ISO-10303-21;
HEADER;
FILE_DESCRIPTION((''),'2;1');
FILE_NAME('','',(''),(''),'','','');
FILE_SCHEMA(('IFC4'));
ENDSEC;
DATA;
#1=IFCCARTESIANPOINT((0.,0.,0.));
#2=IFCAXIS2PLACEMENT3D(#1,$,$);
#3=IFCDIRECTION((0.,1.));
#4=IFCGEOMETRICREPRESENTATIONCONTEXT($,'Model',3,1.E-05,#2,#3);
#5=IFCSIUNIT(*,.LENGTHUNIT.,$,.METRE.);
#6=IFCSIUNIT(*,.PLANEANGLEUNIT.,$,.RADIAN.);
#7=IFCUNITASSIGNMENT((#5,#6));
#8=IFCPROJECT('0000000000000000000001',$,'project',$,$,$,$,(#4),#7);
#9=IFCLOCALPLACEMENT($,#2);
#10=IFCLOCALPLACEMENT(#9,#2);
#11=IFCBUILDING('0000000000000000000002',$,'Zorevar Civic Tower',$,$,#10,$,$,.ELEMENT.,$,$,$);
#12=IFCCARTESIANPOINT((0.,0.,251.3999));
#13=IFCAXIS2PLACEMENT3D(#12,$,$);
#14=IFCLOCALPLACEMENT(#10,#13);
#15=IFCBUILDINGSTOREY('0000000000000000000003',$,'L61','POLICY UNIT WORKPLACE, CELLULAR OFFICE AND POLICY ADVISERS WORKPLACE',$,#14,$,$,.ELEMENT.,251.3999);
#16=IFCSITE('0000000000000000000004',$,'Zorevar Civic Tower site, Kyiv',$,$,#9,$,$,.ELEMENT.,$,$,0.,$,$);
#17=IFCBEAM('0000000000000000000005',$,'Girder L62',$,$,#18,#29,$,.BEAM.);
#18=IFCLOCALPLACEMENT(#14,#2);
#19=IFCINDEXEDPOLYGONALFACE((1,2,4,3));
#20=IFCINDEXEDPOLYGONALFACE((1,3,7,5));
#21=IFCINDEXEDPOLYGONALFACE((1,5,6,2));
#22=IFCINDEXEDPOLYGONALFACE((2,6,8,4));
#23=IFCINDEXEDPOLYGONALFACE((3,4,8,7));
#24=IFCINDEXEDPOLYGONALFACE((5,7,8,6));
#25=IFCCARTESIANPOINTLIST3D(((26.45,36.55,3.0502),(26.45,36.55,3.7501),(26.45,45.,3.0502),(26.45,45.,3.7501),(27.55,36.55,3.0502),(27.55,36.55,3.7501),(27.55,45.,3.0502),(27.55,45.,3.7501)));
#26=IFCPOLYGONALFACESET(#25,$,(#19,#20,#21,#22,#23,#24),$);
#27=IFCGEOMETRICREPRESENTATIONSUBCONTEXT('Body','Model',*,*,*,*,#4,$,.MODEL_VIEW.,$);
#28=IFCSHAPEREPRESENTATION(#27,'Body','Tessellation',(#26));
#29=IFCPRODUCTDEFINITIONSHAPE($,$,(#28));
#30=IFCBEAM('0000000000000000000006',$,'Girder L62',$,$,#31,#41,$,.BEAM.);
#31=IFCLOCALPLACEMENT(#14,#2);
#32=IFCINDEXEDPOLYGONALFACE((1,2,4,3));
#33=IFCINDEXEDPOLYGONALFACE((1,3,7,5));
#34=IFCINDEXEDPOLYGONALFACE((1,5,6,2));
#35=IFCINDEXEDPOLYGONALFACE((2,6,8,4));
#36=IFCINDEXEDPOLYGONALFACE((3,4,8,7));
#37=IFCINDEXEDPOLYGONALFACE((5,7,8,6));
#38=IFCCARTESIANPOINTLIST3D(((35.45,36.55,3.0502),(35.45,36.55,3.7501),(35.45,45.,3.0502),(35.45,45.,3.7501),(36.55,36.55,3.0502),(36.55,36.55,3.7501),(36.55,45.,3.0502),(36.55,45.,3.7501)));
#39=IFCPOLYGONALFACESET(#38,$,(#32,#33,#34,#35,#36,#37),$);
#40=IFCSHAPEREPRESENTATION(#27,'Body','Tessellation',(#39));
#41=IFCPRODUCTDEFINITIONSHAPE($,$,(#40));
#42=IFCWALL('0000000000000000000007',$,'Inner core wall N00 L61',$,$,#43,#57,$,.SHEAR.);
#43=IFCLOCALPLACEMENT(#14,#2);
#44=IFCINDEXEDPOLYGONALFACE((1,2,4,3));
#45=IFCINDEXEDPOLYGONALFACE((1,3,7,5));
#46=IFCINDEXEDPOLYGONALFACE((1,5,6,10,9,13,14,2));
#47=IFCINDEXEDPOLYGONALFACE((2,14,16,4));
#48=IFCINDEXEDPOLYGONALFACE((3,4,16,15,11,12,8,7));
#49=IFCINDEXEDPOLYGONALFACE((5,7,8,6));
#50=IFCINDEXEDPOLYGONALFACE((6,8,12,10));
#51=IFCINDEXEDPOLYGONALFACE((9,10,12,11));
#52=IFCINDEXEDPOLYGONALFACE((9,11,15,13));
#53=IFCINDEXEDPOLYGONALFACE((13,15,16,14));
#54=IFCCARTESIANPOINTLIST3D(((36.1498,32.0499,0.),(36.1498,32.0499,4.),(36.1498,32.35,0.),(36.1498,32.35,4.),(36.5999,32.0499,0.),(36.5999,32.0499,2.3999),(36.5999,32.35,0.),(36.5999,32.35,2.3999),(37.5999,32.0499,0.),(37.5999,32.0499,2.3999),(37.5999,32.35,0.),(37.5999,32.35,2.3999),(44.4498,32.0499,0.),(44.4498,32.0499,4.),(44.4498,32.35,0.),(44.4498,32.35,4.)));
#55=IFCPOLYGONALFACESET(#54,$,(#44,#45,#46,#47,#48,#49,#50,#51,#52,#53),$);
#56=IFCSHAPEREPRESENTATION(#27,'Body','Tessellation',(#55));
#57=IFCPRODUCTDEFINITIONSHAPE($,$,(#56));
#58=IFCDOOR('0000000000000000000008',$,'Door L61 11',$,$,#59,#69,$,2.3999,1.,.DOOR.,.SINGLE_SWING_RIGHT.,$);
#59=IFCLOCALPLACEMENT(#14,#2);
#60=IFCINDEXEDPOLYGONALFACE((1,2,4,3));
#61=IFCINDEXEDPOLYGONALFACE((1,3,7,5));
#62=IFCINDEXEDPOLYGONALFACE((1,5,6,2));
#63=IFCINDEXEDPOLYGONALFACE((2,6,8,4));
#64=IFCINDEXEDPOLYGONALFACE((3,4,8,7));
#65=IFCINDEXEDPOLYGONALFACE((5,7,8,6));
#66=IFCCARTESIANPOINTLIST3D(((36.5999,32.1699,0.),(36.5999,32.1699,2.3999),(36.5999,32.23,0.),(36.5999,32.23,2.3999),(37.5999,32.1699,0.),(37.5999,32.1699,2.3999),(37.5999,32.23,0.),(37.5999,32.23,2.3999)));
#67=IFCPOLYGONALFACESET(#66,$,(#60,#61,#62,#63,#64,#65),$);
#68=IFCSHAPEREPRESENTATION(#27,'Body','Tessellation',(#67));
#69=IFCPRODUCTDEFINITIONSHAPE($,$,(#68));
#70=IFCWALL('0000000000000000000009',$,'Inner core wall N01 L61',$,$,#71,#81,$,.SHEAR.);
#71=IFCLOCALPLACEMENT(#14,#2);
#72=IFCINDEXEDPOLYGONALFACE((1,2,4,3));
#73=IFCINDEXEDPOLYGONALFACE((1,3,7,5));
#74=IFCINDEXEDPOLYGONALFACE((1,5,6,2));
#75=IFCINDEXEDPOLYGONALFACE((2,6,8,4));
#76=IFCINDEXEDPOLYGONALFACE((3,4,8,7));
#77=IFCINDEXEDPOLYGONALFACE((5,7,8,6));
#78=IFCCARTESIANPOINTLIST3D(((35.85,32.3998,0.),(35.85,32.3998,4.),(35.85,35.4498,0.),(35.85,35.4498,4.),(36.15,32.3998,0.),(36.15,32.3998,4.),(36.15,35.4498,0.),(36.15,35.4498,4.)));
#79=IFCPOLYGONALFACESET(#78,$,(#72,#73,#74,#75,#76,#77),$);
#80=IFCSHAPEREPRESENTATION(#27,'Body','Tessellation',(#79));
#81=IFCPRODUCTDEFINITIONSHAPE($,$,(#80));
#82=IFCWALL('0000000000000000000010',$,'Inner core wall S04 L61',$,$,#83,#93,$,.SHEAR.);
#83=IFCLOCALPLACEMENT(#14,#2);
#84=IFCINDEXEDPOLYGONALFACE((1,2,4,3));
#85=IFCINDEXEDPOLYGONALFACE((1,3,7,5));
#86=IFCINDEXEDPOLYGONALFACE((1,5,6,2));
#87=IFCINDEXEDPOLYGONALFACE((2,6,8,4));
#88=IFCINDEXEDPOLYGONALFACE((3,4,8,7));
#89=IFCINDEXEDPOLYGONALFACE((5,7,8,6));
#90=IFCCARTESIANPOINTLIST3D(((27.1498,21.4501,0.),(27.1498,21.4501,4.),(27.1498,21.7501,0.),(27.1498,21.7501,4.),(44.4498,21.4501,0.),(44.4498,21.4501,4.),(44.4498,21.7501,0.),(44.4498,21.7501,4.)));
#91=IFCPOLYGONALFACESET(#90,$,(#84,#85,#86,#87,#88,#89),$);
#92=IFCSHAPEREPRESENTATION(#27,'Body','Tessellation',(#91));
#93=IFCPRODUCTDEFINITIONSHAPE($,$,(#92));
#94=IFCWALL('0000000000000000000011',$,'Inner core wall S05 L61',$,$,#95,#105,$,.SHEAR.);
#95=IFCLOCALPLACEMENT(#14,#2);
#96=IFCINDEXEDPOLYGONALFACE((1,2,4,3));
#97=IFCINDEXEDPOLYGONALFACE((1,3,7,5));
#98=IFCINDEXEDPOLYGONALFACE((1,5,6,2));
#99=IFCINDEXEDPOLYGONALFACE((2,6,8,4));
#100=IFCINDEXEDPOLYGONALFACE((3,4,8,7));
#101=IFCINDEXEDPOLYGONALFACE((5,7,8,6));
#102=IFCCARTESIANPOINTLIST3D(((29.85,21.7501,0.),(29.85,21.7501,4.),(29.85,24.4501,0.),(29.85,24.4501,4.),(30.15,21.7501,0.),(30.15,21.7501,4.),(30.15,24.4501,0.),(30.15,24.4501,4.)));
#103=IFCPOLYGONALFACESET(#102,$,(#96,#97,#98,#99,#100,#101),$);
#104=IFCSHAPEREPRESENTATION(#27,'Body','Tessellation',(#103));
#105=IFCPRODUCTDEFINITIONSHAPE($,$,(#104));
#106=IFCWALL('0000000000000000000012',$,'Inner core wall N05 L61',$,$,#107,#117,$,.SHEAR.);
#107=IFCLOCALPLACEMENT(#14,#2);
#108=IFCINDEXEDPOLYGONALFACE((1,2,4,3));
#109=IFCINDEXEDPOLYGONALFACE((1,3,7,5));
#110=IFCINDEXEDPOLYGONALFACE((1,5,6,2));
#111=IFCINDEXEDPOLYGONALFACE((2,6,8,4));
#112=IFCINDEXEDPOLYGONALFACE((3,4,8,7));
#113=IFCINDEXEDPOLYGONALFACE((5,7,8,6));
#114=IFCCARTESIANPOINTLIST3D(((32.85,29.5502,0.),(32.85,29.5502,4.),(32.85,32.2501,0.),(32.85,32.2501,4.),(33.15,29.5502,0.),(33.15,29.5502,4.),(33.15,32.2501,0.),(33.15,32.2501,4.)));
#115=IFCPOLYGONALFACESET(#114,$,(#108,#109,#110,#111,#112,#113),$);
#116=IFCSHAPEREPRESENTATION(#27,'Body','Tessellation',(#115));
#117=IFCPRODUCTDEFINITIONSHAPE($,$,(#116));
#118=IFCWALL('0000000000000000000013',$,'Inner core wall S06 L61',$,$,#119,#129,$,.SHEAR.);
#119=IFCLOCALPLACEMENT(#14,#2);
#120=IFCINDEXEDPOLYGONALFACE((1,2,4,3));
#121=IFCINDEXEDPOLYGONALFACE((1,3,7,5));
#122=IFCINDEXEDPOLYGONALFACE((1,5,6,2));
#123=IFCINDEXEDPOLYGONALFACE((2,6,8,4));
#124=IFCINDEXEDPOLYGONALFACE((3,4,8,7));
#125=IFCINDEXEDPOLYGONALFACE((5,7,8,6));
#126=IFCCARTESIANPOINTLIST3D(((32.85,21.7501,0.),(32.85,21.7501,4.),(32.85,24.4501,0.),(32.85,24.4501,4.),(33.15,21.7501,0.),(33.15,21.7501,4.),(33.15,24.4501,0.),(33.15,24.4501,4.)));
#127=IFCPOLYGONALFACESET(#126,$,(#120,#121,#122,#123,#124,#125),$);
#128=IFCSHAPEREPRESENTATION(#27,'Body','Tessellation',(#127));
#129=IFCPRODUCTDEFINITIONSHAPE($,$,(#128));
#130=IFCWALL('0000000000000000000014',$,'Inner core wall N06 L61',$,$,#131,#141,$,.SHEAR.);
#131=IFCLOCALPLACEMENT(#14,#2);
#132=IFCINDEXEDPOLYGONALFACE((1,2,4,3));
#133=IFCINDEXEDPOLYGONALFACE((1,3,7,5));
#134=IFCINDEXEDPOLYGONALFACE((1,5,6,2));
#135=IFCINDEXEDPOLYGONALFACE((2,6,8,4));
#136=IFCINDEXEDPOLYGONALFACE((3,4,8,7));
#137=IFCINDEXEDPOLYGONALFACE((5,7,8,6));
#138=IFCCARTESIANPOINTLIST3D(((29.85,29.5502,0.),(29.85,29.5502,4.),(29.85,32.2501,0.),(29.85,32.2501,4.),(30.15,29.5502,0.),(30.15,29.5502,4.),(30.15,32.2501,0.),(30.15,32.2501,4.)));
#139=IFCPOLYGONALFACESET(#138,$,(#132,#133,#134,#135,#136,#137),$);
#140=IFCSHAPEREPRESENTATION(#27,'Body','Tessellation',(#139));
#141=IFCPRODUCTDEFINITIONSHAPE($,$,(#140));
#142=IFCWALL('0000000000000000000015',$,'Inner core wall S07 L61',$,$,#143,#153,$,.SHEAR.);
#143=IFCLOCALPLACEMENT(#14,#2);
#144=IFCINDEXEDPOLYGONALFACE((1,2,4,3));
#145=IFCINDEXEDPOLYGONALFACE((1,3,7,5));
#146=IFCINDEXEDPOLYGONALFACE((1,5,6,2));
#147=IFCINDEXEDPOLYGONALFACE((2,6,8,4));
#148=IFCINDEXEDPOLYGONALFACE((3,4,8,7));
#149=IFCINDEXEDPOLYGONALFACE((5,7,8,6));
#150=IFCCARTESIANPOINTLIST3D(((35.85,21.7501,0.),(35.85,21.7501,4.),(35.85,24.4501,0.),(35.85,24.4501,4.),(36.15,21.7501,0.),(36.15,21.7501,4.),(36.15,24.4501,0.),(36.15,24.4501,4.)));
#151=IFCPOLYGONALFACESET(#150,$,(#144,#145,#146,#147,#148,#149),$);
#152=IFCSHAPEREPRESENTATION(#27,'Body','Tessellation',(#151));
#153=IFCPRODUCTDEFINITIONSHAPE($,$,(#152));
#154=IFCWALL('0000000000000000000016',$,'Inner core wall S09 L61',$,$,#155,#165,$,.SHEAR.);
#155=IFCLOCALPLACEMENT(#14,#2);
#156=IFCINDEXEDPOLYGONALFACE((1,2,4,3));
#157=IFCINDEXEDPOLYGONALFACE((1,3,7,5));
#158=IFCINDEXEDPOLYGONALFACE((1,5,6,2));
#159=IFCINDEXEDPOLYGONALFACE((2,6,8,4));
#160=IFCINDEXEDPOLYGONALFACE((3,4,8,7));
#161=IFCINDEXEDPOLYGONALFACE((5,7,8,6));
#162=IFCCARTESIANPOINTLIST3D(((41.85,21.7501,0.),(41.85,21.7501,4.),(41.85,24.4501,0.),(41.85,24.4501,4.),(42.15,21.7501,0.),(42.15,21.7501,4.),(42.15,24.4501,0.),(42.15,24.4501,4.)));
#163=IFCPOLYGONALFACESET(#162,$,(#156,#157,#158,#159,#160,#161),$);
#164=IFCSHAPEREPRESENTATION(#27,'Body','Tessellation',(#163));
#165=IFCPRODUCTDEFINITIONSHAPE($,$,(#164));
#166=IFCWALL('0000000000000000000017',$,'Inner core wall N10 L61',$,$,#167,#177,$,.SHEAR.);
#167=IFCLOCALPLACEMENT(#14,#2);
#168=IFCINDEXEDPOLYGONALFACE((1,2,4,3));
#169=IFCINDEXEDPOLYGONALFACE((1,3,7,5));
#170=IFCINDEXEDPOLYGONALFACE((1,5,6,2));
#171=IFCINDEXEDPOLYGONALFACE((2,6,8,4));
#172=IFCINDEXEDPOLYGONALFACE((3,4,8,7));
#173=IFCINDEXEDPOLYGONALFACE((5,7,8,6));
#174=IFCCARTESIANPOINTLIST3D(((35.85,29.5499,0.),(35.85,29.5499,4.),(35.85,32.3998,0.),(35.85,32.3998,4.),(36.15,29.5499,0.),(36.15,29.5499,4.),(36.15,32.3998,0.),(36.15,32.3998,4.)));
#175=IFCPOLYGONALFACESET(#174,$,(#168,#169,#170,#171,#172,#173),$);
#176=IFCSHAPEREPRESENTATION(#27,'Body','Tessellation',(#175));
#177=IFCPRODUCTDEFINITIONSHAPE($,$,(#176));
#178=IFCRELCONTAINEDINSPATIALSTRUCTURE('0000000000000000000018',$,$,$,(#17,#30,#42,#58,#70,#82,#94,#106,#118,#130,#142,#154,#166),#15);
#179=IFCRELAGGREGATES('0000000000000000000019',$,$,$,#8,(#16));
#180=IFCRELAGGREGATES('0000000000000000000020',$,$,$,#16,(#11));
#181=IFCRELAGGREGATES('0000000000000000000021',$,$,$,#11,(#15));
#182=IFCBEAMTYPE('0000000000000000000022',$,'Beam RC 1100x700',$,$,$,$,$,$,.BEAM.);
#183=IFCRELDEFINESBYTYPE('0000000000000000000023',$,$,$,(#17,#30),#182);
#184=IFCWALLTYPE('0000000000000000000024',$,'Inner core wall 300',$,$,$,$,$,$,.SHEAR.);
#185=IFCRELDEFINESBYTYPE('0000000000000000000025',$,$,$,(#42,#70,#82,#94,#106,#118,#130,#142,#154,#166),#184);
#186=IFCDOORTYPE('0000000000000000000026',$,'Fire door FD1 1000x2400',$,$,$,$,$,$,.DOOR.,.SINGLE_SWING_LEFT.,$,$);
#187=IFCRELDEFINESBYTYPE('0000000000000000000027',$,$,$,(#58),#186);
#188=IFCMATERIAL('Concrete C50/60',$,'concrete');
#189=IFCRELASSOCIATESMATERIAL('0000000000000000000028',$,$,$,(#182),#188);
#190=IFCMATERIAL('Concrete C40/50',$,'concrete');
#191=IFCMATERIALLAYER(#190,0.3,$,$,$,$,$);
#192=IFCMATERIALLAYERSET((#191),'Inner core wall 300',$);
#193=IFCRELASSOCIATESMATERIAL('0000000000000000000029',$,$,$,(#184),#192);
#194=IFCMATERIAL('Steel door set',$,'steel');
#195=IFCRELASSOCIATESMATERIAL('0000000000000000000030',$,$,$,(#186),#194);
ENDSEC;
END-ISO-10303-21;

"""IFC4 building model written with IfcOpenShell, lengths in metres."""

from ifc_helpers import new_model, si_unit, direction, frame, frame_2d, origin, origin_2d, place, context, subcontext, project, spatial, rectangle, extrude, material, layer, layer_set, material_profile, profile_set, type_object, element, fill, save


model = new_model("IFC4")

# Units and contexts
model_context = context("Model", 3, precision=1e-05, world=origin(), true_north=direction((0.0, 1.0)))
body_context = subcontext(model_context, "Body", "Model", "MODEL_VIEW")
ifc_project = project(units=[si_unit("LENGTHUNIT", "METRE"), si_unit("PLANEANGLEUNIT", "RADIAN")], contexts=[model_context])

# Site, building, storey
site_placement = place(None, origin())
site = spatial("IfcSite", under=ifc_project, at=site_placement, Name="Zorevar Civic Tower site, Kyiv", CompositionType="ELEMENT", RefElevation=0.0)
building_placement = place(site_placement, origin())
building = spatial("IfcBuilding", under=site, at=building_placement, Name="Zorevar Civic Tower", CompositionType="ELEMENT")
storey_placement = place(building_placement, frame((0.0, 0.0, 251.3999)))
storey = spatial("IfcBuildingStorey", under=building, at=storey_placement, Name="L61", Description="POLICY UNIT WORKPLACE, CELLULAR OFFICE AND POLICY ADVISERS WORKPLACE", CompositionType="ELEMENT", Elevation=251.3999)

# Beams
ifc_material_1 = material(Name="Concrete C50/60", Category="concrete")
ifc_material_profile = material_profile(ifc_material_1, rectangle(XDim=1.1001, YDim=0.7, at=origin_2d()), Name="RC 1100x700")
ifc_profile_set = profile_set([ifc_material_profile], Name="Concrete C50/60")
beam_type = type_object("IfcBeamType", Name="Beam RC 1100x700", PredefinedType="BEAM", material=ifc_profile_set)
for number, where, z_axis, x_axis, name in (
    (1, (27.0, 36.55, 3.4001), (0.0, 1.0, 0.0), (-1.0, 0.0, 0.0), "Girder L62"),
    (2, (36.0, 36.55, 3.4001), (0.0, 1.0, 0.0), (-1.0, 0.0, 0.0), "Girder L62"),
):
    element("IfcBeam", number, at=place(storey_placement, frame(where, z_axis=z_axis, x_axis=x_axis)), inside=storey, type_object=beam_type, Name=name, PredefinedType="BEAM", context=body_context, shape_type="SweptSolid", body=[
        extrude(rectangle(XDim=1.1001, YDim=0.7, at=origin_2d()), origin(), (0.0, 0.0, 1.0), 8.45),
    ])

# Wall, opening, door
ifc_material_2 = material(Name="Concrete C40/50", Category="concrete")
ifc_layer_1 = layer(ifc_material_2, 0.3)
ifc_layer_set_1 = layer_set([ifc_layer_1], Name="Inner core wall 300")
wall_type_1 = type_object("IfcWallType", Name="Inner core wall 300", PredefinedType="SHEAR", material=ifc_layer_set_1)
wall_1_placement = place(storey_placement, frame((36.1499, 32.2, 0.0), z_axis=(0.0, 0.0, 1.0), x_axis=(1.0, 0.0, 0.0)))
wall_1 = element("IfcWall", 3, at=wall_1_placement, inside=storey, type_object=wall_type_1, Name="Inner core wall N00 L61", PredefinedType="SHEAR", context=body_context, shape_type="SweptSolid", body=[
    extrude(rectangle(XDim=8.3, YDim=0.3, at=frame_2d((4.1499, 0.0))), origin(), (0.0, 0.0, 1.0), 4.0),
])
opening_1_placement = place(wall_1_placement, frame((0.45, 0.0, 0.0)))
opening_1 = element("IfcOpeningElement", 4, at=opening_1_placement, cuts=wall_1, PredefinedType="OPENING", context=body_context, shape_type="SweptSolid", body=[
    extrude(rectangle(XDim=1.0, YDim=2.3999, at=frame_2d((0.5, 1.2))), frame((0.0, 0.1599, 0.0), z_axis=(0.0, -1.0, 0.0), x_axis=(1.0, 0.0, 0.0)), (0.0, 0.0, 1.0), 0.3201),
])
ifc_material_3 = material(Name="Steel door set", Category="steel")
door_type_1 = type_object("IfcDoorType", Name="Fire door FD1 1000x2400", OperationType="SINGLE_SWING_LEFT", PredefinedType="DOOR", material=ifc_material_3)
door_1_placement = place(opening_1_placement, origin())
door_1 = element("IfcDoor", 5, at=door_1_placement, inside=storey, type_object=door_type_1, Name="Door L61 11", OperationType="SINGLE_SWING_RIGHT", OverallHeight=2.3999, OverallWidth=1.0, PredefinedType="DOOR", context=body_context, shape_type="SweptSolid", body=[
    extrude(rectangle(XDim=1.0, YDim=2.3999, at=frame_2d((0.5, 1.2))), frame((0.0, 0.03, 0.0), z_axis=(0.0, -1.0, 0.0), x_axis=(1.0, 0.0, 0.0)), (0.0, 0.0, 1.0), 0.0601),
])
fill(opening_1, door_1)

# Walls
wall_2_placement = place(storey_placement, frame((36.0, 32.3999, 0.0), z_axis=(0.0, 0.0, 1.0), x_axis=(0.0, 1.0, 0.0)))
element("IfcWall", 6, at=wall_2_placement, inside=storey, type_object=wall_type_1, Name="Inner core wall N01 L61", PredefinedType="SHEAR", context=body_context, shape_type="SweptSolid", body=[
    extrude(rectangle(XDim=3.05, YDim=0.3, at=frame_2d((1.5249, 0.0))), origin(), (0.0, 0.0, 1.0), 4.0),
])
wall_3_placement = place(storey_placement, frame((27.1499, 21.6001, 0.0), z_axis=(0.0, 0.0, 1.0), x_axis=(1.0, 0.0, 0.0)))
element("IfcWall", 7, at=wall_3_placement, inside=storey, type_object=wall_type_1, Name="Inner core wall S04 L61", PredefinedType="SHEAR", context=body_context, shape_type="SweptSolid", body=[
    extrude(rectangle(XDim=17.3, YDim=0.3, at=frame_2d((8.6499, 0.0))), origin(), (0.0, 0.0, 1.0), 4.0),
])
for number, where, z_axis, x_axis, name in (
    (8, (30.0, 21.75, 0.0), (0.0, 0.0, 1.0), (0.0, 1.0, 0.0), "Inner core wall S05 L61"),
    (9, (33.0, 29.55, 0.0), (0.0, 0.0, 1.0), (0.0, 1.0, 0.0), "Inner core wall N05 L61"),
    (10, (33.0, 21.75, 0.0), (0.0, 0.0, 1.0), (0.0, 1.0, 0.0), "Inner core wall S06 L61"),
    (11, (30.0, 29.55, 0.0), (0.0, 0.0, 1.0), (0.0, 1.0, 0.0), "Inner core wall N06 L61"),
    (12, (36.0, 21.75, 0.0), (0.0, 0.0, 1.0), (0.0, 1.0, 0.0), "Inner core wall S07 L61"),
    (13, (42.0, 21.75, 0.0), (0.0, 0.0, 1.0), (0.0, 1.0, 0.0), "Inner core wall S09 L61"),
):
    element("IfcWall", number, at=place(storey_placement, frame(where, z_axis=z_axis, x_axis=x_axis)), inside=storey, type_object=wall_type_1, Name=name, PredefinedType="SHEAR", context=body_context, shape_type="SweptSolid", body=[
        extrude(rectangle(XDim=2.7, YDim=0.3, at=frame_2d((1.3501, 0.0))), origin(), (0.0, 0.0, 1.0), 4.0),
    ])
wall_4_placement = place(storey_placement, frame((36.0, 29.55, 0.0), z_axis=(0.0, 0.0, 1.0), x_axis=(0.0, 1.0, 0.0)))
element("IfcWall", 14, at=wall_4_placement, inside=storey, type_object=wall_type_1, Name="Inner core wall N10 L61", PredefinedType="SHEAR", context=body_context, shape_type="SweptSolid", body=[
    extrude(rectangle(XDim=2.8499, YDim=0.3, at=frame_2d((1.4248, 0.0))), origin(), (0.0, 0.0, 1.0), 4.0),
])

save(model, "model.ifc")
